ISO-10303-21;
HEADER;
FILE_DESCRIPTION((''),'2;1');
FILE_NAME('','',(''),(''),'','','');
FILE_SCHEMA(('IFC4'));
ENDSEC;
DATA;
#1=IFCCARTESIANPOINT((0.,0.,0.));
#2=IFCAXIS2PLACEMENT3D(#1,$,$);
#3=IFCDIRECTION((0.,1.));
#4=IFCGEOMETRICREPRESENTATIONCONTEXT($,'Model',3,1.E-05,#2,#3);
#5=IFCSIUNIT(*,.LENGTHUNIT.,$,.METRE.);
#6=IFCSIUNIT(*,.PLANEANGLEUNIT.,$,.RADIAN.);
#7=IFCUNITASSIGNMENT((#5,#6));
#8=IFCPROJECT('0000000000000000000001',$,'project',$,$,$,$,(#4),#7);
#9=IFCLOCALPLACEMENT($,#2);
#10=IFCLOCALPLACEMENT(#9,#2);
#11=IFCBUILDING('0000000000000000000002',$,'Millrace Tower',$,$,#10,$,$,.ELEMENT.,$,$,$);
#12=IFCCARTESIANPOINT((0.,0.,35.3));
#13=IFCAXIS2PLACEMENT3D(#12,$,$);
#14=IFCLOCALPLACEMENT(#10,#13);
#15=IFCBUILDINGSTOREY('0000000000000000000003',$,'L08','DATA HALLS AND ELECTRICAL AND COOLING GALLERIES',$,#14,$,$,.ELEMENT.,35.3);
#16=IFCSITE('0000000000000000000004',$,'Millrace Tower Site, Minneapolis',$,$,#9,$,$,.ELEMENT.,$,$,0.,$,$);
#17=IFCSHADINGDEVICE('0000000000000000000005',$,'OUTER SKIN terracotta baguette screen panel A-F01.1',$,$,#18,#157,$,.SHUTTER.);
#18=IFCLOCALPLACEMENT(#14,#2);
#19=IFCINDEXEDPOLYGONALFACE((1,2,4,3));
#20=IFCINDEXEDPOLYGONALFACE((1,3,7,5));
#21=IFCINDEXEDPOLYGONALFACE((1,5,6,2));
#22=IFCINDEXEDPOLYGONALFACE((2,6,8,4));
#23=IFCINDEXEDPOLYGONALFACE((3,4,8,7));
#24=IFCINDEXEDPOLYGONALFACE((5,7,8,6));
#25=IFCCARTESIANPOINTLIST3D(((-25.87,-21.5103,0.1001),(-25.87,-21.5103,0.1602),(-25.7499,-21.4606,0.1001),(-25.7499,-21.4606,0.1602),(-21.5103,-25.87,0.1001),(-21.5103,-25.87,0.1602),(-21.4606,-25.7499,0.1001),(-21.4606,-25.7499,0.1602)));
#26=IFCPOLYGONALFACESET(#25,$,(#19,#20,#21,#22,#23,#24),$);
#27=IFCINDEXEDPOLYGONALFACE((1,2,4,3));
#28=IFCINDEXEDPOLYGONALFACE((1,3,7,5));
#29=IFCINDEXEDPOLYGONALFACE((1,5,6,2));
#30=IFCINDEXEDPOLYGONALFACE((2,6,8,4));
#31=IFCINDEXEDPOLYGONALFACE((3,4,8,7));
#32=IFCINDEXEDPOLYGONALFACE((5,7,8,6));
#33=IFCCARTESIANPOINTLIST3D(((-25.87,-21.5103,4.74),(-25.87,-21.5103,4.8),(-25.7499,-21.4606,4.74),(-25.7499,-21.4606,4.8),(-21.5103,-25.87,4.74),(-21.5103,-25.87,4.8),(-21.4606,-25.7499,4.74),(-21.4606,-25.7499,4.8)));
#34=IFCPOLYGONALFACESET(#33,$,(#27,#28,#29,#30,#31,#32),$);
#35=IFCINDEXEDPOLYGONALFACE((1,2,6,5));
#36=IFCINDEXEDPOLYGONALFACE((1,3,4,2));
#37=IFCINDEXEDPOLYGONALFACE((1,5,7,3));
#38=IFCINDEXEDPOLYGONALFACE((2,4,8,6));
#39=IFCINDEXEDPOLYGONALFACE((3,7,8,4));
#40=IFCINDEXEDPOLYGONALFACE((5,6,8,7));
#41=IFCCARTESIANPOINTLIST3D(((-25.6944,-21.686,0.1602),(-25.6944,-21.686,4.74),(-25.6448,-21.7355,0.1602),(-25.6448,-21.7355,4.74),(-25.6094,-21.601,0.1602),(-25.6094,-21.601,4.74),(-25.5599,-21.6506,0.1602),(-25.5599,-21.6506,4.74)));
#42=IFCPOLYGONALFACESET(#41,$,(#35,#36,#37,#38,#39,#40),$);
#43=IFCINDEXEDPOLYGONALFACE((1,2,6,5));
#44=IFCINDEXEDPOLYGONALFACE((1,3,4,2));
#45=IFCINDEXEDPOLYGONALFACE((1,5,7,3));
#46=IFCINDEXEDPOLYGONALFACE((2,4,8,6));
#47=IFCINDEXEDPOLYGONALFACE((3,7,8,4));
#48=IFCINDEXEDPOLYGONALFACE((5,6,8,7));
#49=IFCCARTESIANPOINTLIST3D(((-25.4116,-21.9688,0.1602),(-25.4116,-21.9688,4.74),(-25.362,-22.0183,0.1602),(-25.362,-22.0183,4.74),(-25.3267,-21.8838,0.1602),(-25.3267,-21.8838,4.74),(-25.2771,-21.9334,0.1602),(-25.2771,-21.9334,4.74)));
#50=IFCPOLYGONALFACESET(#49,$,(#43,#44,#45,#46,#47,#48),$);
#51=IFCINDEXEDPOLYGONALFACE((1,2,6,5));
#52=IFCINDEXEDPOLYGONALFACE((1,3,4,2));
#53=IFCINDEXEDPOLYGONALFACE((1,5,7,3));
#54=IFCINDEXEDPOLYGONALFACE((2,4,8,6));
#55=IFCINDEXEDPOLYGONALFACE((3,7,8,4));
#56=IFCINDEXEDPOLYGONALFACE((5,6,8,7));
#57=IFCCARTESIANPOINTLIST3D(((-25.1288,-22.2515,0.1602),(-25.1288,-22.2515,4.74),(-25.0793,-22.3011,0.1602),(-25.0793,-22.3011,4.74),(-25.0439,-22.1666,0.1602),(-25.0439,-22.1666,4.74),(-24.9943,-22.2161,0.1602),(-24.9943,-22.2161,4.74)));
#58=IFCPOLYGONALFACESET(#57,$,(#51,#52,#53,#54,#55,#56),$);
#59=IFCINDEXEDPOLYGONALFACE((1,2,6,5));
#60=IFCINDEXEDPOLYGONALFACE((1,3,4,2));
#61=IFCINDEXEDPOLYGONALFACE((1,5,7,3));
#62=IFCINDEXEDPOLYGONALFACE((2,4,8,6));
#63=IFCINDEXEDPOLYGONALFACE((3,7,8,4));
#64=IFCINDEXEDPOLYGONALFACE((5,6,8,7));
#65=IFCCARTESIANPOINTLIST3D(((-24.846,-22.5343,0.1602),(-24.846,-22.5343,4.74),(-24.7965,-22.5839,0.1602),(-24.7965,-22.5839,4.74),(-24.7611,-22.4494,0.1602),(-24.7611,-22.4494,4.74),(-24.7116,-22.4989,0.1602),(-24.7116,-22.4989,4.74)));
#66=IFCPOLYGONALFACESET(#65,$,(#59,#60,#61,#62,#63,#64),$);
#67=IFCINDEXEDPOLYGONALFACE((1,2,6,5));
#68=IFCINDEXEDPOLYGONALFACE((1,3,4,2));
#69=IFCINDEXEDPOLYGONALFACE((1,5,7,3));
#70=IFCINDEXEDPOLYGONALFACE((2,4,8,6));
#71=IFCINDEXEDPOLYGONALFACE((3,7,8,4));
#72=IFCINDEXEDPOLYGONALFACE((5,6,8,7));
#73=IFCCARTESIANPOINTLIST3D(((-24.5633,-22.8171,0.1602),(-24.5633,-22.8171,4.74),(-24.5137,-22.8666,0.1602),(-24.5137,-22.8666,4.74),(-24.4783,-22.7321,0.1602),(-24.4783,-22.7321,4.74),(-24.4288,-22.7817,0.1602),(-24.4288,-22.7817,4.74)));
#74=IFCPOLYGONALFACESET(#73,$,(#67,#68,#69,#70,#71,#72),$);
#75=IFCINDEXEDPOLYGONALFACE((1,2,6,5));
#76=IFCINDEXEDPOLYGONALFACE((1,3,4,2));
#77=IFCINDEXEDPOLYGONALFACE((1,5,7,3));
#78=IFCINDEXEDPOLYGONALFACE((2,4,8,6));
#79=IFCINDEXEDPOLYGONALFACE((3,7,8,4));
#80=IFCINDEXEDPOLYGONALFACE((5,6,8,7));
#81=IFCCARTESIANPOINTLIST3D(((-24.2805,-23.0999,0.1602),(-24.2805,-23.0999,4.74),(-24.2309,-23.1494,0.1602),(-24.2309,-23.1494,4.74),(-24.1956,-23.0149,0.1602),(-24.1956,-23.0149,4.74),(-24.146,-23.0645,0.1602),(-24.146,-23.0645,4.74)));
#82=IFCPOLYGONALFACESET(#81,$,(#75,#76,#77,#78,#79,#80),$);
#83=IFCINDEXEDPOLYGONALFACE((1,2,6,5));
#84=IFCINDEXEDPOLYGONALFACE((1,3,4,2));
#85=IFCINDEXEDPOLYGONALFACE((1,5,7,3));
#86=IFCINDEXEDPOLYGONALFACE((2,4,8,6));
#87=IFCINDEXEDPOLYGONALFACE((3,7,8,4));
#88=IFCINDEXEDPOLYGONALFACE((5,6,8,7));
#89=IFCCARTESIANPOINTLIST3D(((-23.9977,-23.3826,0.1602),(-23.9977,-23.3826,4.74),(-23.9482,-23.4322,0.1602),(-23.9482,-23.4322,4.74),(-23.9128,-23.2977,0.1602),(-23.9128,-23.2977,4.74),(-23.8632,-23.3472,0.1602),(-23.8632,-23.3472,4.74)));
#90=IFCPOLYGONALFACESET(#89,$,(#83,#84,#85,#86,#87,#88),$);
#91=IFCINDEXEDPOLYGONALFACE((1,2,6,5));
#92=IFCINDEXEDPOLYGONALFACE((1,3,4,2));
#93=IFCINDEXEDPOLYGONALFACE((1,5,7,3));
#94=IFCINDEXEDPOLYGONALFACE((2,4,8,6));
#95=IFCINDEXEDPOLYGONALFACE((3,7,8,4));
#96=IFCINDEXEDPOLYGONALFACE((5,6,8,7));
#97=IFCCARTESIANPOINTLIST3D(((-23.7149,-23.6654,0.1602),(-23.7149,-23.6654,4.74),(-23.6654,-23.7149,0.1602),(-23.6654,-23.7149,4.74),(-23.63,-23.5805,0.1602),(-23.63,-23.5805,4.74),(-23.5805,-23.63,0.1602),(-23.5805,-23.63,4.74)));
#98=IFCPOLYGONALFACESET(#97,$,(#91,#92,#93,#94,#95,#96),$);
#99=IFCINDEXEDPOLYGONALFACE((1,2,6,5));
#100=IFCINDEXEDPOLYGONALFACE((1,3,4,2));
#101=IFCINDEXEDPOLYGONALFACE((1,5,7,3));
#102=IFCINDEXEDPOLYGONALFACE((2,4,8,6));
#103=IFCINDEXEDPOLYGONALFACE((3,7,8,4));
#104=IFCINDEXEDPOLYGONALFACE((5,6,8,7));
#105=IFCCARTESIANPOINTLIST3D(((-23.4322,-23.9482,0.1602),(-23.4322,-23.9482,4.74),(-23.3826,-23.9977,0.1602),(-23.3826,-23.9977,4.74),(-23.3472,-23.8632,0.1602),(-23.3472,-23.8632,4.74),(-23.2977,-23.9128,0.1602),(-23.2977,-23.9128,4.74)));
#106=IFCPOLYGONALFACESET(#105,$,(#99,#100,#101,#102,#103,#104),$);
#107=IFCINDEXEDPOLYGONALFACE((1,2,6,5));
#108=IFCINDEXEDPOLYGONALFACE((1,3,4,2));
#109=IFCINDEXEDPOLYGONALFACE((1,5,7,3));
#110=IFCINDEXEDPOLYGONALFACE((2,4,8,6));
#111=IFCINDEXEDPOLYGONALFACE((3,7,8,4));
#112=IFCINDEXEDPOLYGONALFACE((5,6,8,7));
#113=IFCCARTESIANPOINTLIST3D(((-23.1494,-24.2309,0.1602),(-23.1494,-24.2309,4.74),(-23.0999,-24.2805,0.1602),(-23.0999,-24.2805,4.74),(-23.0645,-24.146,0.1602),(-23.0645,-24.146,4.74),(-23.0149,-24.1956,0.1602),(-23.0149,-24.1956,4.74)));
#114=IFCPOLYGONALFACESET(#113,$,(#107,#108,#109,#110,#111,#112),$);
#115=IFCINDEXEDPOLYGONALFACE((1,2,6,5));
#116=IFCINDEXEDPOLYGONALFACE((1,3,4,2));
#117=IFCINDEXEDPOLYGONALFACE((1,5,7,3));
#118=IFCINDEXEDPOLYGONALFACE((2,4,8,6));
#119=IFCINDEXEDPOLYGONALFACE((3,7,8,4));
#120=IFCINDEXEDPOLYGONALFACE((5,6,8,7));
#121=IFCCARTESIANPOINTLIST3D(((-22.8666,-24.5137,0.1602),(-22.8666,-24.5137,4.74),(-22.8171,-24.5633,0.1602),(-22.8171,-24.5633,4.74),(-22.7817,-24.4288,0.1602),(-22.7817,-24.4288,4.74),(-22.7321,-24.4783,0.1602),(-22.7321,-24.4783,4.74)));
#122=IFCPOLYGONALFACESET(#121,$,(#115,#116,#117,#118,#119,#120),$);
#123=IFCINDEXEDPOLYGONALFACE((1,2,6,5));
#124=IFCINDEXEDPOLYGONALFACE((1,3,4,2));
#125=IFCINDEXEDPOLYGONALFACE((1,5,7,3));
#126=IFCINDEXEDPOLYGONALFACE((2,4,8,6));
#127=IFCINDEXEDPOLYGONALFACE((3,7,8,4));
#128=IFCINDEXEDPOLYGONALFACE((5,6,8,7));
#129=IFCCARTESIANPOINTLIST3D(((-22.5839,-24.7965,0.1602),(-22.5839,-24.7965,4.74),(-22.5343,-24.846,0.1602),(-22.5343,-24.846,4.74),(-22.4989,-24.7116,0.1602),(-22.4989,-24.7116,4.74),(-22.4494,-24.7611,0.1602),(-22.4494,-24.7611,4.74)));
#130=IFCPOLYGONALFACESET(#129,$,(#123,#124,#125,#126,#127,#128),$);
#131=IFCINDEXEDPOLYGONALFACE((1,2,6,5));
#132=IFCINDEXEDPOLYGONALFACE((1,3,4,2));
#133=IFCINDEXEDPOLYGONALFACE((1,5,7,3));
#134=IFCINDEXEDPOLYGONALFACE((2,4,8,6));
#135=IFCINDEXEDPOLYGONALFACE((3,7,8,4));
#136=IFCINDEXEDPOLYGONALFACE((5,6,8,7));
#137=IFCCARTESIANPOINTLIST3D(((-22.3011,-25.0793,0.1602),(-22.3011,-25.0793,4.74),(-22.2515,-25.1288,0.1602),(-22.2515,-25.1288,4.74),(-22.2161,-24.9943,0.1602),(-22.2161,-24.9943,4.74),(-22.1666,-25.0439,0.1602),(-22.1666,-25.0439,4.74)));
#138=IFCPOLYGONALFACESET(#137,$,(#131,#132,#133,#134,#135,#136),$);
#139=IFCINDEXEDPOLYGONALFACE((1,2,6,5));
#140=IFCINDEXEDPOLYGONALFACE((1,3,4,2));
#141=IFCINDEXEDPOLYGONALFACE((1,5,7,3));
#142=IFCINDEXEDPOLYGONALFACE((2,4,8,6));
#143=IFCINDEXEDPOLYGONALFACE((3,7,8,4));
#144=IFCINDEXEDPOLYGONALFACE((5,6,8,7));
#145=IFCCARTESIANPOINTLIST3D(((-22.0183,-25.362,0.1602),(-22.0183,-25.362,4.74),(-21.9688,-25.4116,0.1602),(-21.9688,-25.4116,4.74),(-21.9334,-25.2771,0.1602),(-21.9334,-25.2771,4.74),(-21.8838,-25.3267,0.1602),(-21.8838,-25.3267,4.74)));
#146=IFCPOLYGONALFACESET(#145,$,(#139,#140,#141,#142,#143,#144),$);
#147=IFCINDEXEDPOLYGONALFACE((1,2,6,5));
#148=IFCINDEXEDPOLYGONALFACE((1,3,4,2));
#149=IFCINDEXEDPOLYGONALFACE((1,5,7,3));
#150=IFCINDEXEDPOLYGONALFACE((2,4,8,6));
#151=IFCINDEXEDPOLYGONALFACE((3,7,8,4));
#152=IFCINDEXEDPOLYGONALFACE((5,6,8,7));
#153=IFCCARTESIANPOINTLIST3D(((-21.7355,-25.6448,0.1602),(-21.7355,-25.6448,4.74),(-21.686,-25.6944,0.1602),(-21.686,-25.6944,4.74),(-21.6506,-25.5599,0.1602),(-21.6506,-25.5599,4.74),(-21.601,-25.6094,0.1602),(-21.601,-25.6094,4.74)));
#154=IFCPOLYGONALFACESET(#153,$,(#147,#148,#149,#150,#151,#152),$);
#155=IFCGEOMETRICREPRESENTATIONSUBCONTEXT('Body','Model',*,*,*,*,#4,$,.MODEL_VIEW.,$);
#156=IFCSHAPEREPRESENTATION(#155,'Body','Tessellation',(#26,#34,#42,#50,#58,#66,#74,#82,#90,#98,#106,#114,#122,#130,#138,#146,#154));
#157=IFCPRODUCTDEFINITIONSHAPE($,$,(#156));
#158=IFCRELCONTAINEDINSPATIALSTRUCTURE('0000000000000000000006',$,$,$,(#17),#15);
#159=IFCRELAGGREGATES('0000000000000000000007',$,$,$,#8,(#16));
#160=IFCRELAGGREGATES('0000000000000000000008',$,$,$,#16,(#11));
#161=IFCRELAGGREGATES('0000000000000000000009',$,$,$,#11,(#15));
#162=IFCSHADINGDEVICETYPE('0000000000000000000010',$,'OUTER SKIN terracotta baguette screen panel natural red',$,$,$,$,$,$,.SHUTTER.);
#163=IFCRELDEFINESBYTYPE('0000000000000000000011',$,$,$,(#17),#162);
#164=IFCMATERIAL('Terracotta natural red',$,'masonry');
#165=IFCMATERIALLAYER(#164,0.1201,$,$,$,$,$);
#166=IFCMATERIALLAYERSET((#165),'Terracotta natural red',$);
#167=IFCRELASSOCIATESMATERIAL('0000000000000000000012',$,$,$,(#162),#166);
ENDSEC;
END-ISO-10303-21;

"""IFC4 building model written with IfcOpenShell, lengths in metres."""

from ifc_helpers import new_model, entity, si_unit, direction, frame, frame_2d, origin, origin_2d, place, context, subcontext, project, spatial, rectangle, extrude, source, transform, mapped, material, layer, layer_set, type_object, element, save


model = new_model("IFC4")

# Units and contexts
model_context = context("Model", 3, precision=1e-05, world=origin(), true_north=direction((0.0, 1.0)))
body_context = subcontext(model_context, "Body", "Model", "MODEL_VIEW")
ifc_project = project(units=[si_unit("LENGTHUNIT", "METRE"), si_unit("PLANEANGLEUNIT", "RADIAN")], contexts=[model_context])

# Site, building, storey
site_placement = place(None, origin())
site = spatial("IfcSite", under=ifc_project, at=site_placement, Name="Millrace Tower Site, Minneapolis", CompositionType="ELEMENT", RefElevation=0.0)
building_placement = place(site_placement, origin())
building = spatial("IfcBuilding", under=site, at=building_placement, Name="Millrace Tower", CompositionType="ELEMENT")
storey_placement = place(building_placement, frame((0.0, 0.0, 35.3)))
storey = spatial("IfcBuildingStorey", under=building, at=storey_placement, Name="L08", Description="DATA HALLS AND ELECTRICAL AND COOLING GALLERIES", CompositionType="ELEMENT", Elevation=35.3)

# Shading device
ifc_material_1 = material(Name="Terracotta natural red", Category="masonry")
ifc_layer_1 = layer(ifc_material_1, 0.1201)
ifc_layer_set_1 = layer_set([ifc_layer_1], Name="Terracotta natural red")
shading_device_type_1 = type_object("IfcShadingDeviceType", Name="OUTER SKIN terracotta baguette screen panel natural red", PredefinedType="SHUTTER", material=ifc_layer_set_1)
cartesian_point_1 = entity("IfcCartesianPoint", [-3.033, 0.0601])
shared_polyline_1 = entity("IfcPolyline", [cartesian_point_1, entity("IfcCartesianPoint", [3.033, 0.0601]), entity("IfcCartesianPoint", [3.0828, -0.0601]), entity("IfcCartesianPoint", [-3.0828, -0.0601]), cartesian_point_1])
shared_shape_1 = source(origin(), body_context, "Body", "SweptSolid", [
    entity("IfcExtrudedAreaSolid", entity("IfcArbitraryClosedProfileDef", "AREA", None, shared_polyline_1), entity("IfcAxis2Placement3D", entity("IfcCartesianPoint", [0.0, 0.0, 0.0])), entity("IfcDirection", [0.0, 0.0, 1.0]), 0.0601),
    entity("IfcExtrudedAreaSolid", entity("IfcArbitraryClosedProfileDef", "AREA", None, shared_polyline_1), entity("IfcAxis2Placement3D", entity("IfcCartesianPoint", [0.0, 0.0, 4.6399])), entity("IfcDirection", [0.0, 0.0, 1.0]), 0.0601),
    extrude(rectangle(XDim=0.0701, YDim=0.1201, at=frame_2d((-2.7993, 0.0))), frame((0.0, 0.0, 0.0601)), (0.0, 0.0, 1.0), 4.5798),
    extrude(rectangle(XDim=0.0701, YDim=0.1201, at=frame_2d((-2.3994, 0.0))), frame((0.0, 0.0, 0.0601)), (0.0, 0.0, 1.0), 4.5798),
    extrude(rectangle(XDim=0.0701, YDim=0.1201, at=frame_2d((-1.9995, 0.0))), frame((0.0, 0.0, 0.0601)), (0.0, 0.0, 1.0), 4.5798),
    extrude(rectangle(XDim=0.0701, YDim=0.1201, at=frame_2d((-1.5996, 0.0))), frame((0.0, 0.0, 0.0601)), (0.0, 0.0, 1.0), 4.5798),
    extrude(rectangle(XDim=0.0701, YDim=0.1201, at=frame_2d((-1.1997, 0.0))), frame((0.0, 0.0, 0.0601)), (0.0, 0.0, 1.0), 4.5798),
    extrude(rectangle(XDim=0.0701, YDim=0.1201, at=frame_2d((-0.7998, 0.0))), frame((0.0, 0.0, 0.0601)), (0.0, 0.0, 1.0), 4.5798),
    extrude(rectangle(XDim=0.0701, YDim=0.1201, at=frame_2d((-0.3999, 0.0))), frame((0.0, 0.0, 0.0601)), (0.0, 0.0, 1.0), 4.5798),
    extrude(rectangle(XDim=0.0701, YDim=0.1201, at=origin_2d()), frame((0.0, 0.0, 0.0601)), (0.0, 0.0, 1.0), 4.5798),
    extrude(rectangle(XDim=0.0701, YDim=0.1201, at=frame_2d((0.3999, 0.0))), frame((0.0, 0.0, 0.0601)), (0.0, 0.0, 1.0), 4.5798),
    extrude(rectangle(XDim=0.0701, YDim=0.1201, at=frame_2d((0.7998, 0.0))), frame((0.0, 0.0, 0.0601)), (0.0, 0.0, 1.0), 4.5798),
    extrude(rectangle(XDim=0.0701, YDim=0.1201, at=frame_2d((1.1997, 0.0))), frame((0.0, 0.0, 0.0601)), (0.0, 0.0, 1.0), 4.5798),
    extrude(rectangle(XDim=0.0701, YDim=0.1201, at=frame_2d((1.5996, 0.0))), frame((0.0, 0.0, 0.0601)), (0.0, 0.0, 1.0), 4.5798),
    extrude(rectangle(XDim=0.0701, YDim=0.1201, at=frame_2d((1.9995, 0.0))), frame((0.0, 0.0, 0.0601)), (0.0, 0.0, 1.0), 4.5798),
    extrude(rectangle(XDim=0.0701, YDim=0.1201, at=frame_2d((2.3994, 0.0))), frame((0.0, 0.0, 0.0601)), (0.0, 0.0, 1.0), 4.5798),
    extrude(rectangle(XDim=0.0701, YDim=0.1201, at=frame_2d((2.7993, 0.0))), frame((0.0, 0.0, 0.0601)), (0.0, 0.0, 1.0), 4.5798),
])
shading_device_1_placement = place(storey_placement, frame((-23.6477, -23.6477, 0.1001), z_axis=(0.0, 0.0, 1.0), x_axis=(0.707107, -0.707107, 0.0)))
element("IfcShadingDevice", 1, at=shading_device_1_placement, inside=storey, type_object=shading_device_type_1, Name="OUTER SKIN terracotta baguette screen panel A-F01.1", PredefinedType="SHUTTER", context=body_context, shape_type="MappedRepresentation", body=[
    mapped(shared_shape_1, transform((0.0, 0.0, 0.0), scale=1.0)),
])

save(model, "model.ifc")
